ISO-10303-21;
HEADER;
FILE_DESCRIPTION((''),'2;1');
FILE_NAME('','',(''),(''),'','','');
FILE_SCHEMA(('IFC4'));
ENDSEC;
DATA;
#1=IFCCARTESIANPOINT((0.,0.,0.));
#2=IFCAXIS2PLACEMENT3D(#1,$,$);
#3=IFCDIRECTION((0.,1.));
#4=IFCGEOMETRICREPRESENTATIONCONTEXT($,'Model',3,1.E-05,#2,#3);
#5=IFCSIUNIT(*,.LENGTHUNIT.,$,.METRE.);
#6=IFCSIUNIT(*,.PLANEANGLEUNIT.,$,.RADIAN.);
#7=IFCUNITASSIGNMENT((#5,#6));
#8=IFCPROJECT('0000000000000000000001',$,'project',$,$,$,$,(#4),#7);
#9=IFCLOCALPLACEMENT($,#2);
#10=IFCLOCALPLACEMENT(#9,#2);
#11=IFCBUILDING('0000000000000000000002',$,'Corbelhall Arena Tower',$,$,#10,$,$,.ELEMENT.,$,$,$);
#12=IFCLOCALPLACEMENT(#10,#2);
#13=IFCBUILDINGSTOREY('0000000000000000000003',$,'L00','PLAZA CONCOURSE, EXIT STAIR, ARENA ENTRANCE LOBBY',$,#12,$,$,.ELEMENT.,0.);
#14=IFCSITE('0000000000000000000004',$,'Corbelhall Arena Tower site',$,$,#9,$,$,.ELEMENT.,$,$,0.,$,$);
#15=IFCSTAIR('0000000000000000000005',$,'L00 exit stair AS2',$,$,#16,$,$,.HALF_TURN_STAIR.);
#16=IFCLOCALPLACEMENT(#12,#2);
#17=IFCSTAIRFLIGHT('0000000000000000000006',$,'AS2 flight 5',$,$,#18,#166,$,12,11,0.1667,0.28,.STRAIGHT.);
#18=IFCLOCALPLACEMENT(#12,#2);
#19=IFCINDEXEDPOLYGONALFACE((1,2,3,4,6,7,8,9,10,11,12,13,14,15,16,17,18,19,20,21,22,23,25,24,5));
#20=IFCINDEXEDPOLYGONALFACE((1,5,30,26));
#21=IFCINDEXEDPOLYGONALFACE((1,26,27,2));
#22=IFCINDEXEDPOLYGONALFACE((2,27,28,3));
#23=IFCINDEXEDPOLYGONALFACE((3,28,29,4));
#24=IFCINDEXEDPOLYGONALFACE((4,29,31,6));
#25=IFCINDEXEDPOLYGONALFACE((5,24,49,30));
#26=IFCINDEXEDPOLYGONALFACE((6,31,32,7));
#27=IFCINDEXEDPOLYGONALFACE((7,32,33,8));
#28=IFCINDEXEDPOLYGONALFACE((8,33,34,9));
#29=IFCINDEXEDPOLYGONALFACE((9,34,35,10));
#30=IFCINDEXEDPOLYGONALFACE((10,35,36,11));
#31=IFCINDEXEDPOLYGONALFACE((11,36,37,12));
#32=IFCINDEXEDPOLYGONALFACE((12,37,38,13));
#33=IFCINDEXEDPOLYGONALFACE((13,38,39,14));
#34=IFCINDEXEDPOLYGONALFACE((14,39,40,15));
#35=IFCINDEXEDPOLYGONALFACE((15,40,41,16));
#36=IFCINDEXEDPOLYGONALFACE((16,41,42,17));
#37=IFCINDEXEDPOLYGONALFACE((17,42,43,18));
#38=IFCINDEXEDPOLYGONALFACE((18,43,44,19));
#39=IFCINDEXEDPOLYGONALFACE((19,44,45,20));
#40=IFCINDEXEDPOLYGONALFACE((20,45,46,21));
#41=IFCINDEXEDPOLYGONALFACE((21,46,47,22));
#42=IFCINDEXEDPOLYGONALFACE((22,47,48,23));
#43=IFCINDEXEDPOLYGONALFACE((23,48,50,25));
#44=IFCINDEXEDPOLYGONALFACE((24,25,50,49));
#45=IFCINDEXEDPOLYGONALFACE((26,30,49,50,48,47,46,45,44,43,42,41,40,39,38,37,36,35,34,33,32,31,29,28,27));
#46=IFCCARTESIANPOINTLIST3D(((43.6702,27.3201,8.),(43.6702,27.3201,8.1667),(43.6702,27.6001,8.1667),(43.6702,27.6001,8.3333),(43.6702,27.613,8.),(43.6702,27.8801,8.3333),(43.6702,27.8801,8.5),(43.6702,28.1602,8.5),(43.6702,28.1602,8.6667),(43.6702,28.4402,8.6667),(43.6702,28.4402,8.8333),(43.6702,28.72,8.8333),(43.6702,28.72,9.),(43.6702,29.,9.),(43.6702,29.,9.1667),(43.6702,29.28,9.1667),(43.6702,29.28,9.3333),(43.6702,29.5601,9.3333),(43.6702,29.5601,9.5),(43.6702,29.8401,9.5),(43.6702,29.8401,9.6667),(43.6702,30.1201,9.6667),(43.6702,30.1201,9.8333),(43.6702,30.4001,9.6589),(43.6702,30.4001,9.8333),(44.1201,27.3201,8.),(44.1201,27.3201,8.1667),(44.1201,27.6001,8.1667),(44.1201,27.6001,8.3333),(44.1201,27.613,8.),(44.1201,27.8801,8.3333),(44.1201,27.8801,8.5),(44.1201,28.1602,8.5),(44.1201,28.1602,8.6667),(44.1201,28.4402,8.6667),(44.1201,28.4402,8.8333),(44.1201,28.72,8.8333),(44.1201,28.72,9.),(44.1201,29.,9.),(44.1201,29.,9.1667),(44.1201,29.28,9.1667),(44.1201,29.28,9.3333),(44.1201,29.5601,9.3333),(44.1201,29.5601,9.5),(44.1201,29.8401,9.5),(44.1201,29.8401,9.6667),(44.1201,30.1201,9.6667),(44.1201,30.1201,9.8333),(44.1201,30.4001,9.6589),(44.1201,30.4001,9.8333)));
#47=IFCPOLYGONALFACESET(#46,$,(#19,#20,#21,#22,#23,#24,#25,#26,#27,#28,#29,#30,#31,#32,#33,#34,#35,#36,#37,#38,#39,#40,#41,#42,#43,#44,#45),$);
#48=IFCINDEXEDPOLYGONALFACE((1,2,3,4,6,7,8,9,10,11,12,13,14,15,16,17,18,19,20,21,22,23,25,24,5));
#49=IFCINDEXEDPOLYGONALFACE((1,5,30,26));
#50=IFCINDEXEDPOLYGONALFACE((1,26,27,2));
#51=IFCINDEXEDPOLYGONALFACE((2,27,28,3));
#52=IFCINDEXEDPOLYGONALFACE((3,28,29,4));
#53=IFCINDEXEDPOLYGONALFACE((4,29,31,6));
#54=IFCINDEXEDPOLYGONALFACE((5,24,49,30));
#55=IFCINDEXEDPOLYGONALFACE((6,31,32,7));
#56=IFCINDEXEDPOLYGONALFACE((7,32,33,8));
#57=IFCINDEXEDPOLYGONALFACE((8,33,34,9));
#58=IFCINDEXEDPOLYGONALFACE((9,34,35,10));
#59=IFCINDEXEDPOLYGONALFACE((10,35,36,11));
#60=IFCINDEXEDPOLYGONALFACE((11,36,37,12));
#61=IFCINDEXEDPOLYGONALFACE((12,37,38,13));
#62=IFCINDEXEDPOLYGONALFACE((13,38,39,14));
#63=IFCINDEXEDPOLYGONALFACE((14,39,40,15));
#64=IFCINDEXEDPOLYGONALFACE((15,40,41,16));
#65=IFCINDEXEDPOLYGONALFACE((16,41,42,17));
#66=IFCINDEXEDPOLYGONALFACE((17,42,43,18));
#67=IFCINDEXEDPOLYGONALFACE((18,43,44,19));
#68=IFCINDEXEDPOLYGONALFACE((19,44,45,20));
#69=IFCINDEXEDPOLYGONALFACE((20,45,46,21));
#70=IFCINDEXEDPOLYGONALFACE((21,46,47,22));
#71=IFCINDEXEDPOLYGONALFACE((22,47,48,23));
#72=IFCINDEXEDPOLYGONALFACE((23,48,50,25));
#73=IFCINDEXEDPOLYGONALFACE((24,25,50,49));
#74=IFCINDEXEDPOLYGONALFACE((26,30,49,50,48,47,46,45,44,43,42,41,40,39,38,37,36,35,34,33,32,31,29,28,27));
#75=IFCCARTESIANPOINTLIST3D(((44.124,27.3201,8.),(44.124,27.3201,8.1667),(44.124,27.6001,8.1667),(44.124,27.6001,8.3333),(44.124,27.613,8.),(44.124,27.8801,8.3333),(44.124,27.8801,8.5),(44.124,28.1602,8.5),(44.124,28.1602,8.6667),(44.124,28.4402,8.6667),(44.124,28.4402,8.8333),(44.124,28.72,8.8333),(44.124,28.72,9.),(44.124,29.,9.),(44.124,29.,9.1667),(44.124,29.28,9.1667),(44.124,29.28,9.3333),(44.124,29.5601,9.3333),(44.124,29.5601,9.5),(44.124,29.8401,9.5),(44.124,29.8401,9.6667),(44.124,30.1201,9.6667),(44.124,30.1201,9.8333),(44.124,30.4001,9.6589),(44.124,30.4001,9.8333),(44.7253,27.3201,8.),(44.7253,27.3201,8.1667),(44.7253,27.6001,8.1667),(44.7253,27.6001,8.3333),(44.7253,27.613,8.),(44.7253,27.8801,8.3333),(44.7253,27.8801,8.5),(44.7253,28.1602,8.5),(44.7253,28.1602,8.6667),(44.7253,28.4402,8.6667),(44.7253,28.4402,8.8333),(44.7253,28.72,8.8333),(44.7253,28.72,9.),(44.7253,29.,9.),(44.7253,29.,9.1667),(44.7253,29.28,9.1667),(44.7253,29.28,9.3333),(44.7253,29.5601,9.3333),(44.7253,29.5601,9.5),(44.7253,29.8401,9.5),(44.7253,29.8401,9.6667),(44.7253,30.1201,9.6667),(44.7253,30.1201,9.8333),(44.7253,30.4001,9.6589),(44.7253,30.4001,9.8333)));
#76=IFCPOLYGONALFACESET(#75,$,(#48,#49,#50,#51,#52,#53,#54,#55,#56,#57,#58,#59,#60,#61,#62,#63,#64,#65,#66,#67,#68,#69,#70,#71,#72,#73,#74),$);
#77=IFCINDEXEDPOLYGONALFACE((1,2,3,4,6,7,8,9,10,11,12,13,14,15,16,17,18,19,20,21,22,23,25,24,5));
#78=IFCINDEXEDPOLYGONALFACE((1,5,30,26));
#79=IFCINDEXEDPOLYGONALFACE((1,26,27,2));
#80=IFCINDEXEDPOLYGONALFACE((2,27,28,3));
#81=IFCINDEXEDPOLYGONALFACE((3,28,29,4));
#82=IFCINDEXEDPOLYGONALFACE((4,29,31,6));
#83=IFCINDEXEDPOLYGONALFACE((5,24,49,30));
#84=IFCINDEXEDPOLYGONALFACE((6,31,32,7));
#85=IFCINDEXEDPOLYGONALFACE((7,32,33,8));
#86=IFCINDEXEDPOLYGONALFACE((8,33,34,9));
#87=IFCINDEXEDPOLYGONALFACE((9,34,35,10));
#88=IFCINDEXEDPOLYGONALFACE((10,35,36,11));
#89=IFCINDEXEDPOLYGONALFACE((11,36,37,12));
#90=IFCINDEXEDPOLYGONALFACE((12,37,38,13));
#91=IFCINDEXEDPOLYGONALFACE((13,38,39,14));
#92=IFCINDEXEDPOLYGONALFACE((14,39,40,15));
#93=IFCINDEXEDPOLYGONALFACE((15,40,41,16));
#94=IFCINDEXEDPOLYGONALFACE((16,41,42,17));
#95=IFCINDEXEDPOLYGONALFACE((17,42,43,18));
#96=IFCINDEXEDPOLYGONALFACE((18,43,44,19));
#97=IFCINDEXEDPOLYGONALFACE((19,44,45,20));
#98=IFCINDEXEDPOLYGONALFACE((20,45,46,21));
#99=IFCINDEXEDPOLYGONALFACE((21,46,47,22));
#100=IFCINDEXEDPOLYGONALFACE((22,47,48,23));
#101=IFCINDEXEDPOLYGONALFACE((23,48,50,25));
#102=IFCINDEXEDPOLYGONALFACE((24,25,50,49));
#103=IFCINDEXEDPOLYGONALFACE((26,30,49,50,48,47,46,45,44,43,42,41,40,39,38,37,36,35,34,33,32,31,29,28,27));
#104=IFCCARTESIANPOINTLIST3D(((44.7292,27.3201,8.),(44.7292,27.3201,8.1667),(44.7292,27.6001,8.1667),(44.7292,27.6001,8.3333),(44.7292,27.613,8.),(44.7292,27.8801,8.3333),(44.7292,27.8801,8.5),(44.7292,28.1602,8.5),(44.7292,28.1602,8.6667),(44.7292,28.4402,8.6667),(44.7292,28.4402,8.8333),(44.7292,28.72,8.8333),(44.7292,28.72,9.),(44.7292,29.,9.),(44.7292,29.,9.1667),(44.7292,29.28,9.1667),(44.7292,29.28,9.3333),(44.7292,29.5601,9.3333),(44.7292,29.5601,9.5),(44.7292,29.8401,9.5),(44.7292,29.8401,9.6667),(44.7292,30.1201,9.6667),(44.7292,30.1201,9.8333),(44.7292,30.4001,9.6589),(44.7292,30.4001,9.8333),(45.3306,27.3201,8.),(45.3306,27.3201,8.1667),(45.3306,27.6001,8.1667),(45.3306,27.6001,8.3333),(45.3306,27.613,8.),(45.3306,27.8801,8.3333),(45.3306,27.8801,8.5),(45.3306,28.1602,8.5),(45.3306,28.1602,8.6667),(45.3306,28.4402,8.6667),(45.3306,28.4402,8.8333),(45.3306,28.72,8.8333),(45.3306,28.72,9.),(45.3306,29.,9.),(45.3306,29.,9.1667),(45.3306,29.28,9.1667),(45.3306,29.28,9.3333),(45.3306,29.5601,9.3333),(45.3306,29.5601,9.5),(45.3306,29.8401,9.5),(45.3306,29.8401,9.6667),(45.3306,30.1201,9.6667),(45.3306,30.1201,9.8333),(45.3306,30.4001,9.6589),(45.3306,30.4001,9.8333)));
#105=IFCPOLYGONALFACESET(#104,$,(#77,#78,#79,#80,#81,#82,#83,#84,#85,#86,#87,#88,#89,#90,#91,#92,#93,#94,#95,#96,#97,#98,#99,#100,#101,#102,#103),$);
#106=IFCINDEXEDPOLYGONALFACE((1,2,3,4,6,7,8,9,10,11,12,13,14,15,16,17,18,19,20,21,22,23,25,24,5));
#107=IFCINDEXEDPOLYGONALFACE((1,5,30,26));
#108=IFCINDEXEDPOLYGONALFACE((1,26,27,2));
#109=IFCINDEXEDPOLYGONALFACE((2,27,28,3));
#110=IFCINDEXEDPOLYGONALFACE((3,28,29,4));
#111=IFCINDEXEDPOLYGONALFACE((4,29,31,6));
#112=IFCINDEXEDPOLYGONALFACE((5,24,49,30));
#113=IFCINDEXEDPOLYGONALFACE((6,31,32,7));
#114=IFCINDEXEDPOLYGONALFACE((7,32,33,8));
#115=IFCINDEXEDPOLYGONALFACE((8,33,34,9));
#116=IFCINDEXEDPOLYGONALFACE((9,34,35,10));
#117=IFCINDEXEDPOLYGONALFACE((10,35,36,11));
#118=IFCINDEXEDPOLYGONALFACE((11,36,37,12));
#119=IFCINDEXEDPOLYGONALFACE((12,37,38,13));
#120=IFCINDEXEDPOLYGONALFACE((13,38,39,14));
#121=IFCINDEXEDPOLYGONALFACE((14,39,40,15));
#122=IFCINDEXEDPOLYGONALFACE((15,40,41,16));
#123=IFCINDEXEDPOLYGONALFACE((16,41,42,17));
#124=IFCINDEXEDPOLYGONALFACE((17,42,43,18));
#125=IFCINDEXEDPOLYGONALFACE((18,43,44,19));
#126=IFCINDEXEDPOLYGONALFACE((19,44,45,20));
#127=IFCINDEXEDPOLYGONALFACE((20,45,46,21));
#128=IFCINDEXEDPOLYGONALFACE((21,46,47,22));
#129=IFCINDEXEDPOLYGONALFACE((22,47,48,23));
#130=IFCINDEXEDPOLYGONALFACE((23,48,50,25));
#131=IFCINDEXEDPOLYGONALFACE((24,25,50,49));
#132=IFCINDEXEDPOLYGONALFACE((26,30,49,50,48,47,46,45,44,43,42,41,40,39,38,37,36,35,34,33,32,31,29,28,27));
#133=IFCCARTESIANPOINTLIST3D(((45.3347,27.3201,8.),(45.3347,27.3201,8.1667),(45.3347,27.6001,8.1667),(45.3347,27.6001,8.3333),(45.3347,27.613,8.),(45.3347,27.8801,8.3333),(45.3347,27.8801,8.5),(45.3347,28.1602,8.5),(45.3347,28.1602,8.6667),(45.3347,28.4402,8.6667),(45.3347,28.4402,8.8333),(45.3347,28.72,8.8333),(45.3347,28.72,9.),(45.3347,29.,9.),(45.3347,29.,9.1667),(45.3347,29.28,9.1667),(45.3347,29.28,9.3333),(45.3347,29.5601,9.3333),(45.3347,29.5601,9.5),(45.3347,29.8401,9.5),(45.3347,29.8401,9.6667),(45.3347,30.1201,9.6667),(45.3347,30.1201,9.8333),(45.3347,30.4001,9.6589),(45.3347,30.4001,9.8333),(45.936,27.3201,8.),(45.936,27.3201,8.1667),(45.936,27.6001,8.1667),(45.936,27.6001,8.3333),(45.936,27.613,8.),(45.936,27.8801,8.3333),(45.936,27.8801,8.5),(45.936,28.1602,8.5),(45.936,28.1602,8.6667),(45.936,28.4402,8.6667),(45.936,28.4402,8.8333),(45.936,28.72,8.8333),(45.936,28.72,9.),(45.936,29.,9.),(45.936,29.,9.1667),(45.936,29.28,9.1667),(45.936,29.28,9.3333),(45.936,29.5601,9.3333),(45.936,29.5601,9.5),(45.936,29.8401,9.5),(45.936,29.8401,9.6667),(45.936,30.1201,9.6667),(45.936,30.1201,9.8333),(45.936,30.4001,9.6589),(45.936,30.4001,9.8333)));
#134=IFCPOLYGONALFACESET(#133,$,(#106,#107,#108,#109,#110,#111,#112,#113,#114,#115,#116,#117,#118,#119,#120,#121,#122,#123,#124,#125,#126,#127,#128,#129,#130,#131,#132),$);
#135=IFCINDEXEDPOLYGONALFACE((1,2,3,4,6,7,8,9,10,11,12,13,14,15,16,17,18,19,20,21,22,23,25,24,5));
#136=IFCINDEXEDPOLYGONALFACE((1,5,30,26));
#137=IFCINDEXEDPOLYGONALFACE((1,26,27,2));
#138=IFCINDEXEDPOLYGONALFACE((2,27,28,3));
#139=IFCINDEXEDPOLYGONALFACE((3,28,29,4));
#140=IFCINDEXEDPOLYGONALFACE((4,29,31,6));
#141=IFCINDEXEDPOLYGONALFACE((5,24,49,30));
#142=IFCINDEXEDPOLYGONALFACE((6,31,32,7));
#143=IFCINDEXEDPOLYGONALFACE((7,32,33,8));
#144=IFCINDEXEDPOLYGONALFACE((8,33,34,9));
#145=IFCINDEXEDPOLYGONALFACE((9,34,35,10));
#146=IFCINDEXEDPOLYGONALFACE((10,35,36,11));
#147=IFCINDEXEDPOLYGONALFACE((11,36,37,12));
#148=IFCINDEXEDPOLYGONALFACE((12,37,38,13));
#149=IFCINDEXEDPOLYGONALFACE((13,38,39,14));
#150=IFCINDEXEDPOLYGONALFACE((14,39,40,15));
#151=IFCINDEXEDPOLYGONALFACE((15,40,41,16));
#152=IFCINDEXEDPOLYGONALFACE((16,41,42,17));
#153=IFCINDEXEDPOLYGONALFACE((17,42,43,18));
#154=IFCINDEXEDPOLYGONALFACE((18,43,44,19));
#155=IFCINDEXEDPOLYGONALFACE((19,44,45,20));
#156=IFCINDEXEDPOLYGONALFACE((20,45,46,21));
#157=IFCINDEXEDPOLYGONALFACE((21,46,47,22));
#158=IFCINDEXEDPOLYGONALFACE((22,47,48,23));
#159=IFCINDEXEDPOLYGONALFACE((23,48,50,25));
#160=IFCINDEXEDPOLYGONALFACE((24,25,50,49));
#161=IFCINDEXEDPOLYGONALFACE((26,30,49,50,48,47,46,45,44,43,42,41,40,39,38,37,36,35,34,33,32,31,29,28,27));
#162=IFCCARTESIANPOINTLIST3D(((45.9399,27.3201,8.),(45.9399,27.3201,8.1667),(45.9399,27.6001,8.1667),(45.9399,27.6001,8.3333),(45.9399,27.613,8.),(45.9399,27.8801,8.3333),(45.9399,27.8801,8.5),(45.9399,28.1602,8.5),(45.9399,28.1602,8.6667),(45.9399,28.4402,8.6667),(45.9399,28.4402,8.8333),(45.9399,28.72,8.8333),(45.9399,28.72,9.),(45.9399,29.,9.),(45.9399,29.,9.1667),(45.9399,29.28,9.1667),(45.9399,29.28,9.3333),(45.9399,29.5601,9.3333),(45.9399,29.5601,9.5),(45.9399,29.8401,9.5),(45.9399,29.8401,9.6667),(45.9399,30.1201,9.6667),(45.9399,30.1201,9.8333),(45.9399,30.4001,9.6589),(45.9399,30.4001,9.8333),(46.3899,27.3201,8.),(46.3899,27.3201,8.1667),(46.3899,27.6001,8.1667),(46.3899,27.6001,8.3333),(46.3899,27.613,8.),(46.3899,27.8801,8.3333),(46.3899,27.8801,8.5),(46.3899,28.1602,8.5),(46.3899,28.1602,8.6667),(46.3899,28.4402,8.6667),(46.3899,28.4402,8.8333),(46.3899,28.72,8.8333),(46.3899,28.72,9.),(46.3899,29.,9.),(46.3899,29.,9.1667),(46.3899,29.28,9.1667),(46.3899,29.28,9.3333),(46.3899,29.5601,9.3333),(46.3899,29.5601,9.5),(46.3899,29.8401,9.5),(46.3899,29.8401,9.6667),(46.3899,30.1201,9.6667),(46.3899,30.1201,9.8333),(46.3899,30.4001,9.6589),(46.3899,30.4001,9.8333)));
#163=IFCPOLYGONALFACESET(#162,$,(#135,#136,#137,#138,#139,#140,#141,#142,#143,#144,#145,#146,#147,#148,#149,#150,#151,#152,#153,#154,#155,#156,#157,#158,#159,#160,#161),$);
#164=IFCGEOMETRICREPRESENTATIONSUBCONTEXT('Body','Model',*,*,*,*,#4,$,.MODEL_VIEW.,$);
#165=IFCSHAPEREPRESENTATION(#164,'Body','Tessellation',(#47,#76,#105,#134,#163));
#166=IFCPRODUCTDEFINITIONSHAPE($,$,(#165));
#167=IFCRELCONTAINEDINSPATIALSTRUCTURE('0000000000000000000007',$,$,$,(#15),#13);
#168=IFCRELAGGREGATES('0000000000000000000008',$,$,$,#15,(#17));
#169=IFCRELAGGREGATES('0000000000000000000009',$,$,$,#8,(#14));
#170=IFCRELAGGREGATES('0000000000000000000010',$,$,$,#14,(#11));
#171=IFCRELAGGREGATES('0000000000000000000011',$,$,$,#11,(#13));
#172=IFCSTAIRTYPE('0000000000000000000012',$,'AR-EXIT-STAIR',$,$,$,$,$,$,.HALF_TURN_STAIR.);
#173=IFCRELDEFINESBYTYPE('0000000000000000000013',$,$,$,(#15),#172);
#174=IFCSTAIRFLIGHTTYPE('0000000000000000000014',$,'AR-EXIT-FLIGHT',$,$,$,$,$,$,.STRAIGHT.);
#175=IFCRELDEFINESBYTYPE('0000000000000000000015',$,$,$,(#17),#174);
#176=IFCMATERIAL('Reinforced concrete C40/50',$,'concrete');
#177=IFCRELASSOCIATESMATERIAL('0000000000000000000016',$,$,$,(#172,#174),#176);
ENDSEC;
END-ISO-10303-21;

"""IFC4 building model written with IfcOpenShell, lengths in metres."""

from ifc_helpers import new_model, si_unit, direction, frame, origin, place, context, subcontext, project, spatial, polyline, outline, extrude, material, type_object, element, aggregate, save


model = new_model("IFC4")

# Units and contexts
model_context = context("Model", 3, precision=1e-05, world=origin(), true_north=direction((0.0, 1.0)))
body_context = subcontext(model_context, "Body", "Model", "MODEL_VIEW")
ifc_project = project(units=[si_unit("LENGTHUNIT", "METRE"), si_unit("PLANEANGLEUNIT", "RADIAN")], contexts=[model_context])

# Site, building, storey
site_placement = place(None, origin())
site = spatial("IfcSite", under=ifc_project, at=site_placement, Name="Corbelhall Arena Tower site", CompositionType="ELEMENT", RefElevation=0.0)
building_placement = place(site_placement, origin())
building = spatial("IfcBuilding", under=site, at=building_placement, Name="Corbelhall Arena Tower", CompositionType="ELEMENT")
storey_placement = place(building_placement, origin())
storey = spatial("IfcBuildingStorey", under=building, at=storey_placement, Name="L00", Description="PLAZA CONCOURSE, EXIT STAIR, ARENA ENTRANCE LOBBY", CompositionType="ELEMENT", Elevation=0.0)

# Shared definitions
ifc_material_1 = material(Name="Reinforced concrete C40/50", Category="concrete")

# Stair, stair flight
stair_type = type_object("IfcStairType", Name="AR-EXIT-STAIR", PredefinedType="HALF_TURN_STAIR", material=ifc_material_1)
stair_flight_type = type_object("IfcStairFlightType", Name="AR-EXIT-FLIGHT", PredefinedType="STRAIGHT", material=ifc_material_1)
stair_1_placement = place(storey_placement, origin())
stair_1 = element("IfcStair", 1, at=stair_1_placement, inside=storey, type_object=stair_type, Name="L00 exit stair AS2", PredefinedType="HALF_TURN_STAIR")
stair_flight_1_placement = place(storey_placement, frame((45.03, 27.3201, 8.0), z_axis=(0.0, 0.0, 1.0), x_axis=(0.0, 1.0, 0.0)))
stair_flight_1 = element("IfcStairFlight", 2, at=stair_flight_1_placement, type_object=stair_flight_type, Name="AS2 flight 5", NumberOfRisers=12, NumberOfTreads=11, PredefinedType="STRAIGHT", RiserHeight=0.1667, TreadLength=0.28, context=body_context, shape_type="SweptSolid", body=[
    extrude(outline(polyline([(0.0, 0.0), (0.0, 0.1667), (0.28, 0.1667), (0.28, 0.3333), (0.5601, 0.3333), (0.5601, 0.5), (0.8401, 0.5), (0.8401, 0.6667), (1.1201, 0.6667), (1.1201, 0.8333), (1.3999, 0.8333), (1.3999, 1.0), (1.6799, 1.0), (1.6799, 1.1667), (1.96, 1.1667), (1.96, 1.3333), (2.24, 1.3333), (2.24, 1.5), (2.52, 1.5), (2.52, 1.6667), (2.8, 1.6667), (2.8, 1.8333), (3.0801, 1.8333), (3.0801, 2.0), (3.0801, 1.6589), (0.293, 0.0), (0.0, 0.0)])), frame((0.0, 1.3599, 0.0), z_axis=(0.0, -1.0, 0.0), x_axis=(1.0, 0.0, 0.0)), (0.0, 0.0, 1.0), 0.45),
    extrude(outline(polyline([(0.0, 0.0), (0.0, 0.1667), (0.28, 0.1667), (0.28, 0.3333), (0.5601, 0.3333), (0.5601, 0.5), (0.8401, 0.5), (0.8401, 0.6667), (1.1201, 0.6667), (1.1201, 0.8333), (1.3999, 0.8333), (1.3999, 1.0), (1.6799, 1.0), (1.6799, 1.1667), (1.96, 1.1667), (1.96, 1.3333), (2.24, 1.3333), (2.24, 1.5), (2.52, 1.5), (2.52, 1.6667), (2.8, 1.6667), (2.8, 1.8333), (3.0801, 1.8333), (3.0801, 2.0), (3.0801, 1.6589), (0.293, 0.0), (0.0, 0.0)])), frame((0.0, 0.906, 0.0), z_axis=(0.0, -1.0, 0.0), x_axis=(1.0, 0.0, 0.0)), (0.0, 0.0, 1.0), 0.6013),
    extrude(outline(polyline([(0.0, 0.0), (0.0, 0.1667), (0.28, 0.1667), (0.28, 0.3333), (0.5601, 0.3333), (0.5601, 0.5), (0.8401, 0.5), (0.8401, 0.6667), (1.1201, 0.6667), (1.1201, 0.8333), (1.3999, 0.8333), (1.3999, 1.0), (1.6799, 1.0), (1.6799, 1.1667), (1.96, 1.1667), (1.96, 1.3333), (2.24, 1.3333), (2.24, 1.5), (2.52, 1.5), (2.52, 1.6667), (2.8, 1.6667), (2.8, 1.8333), (3.0801, 1.8333), (3.0801, 2.0), (3.0801, 1.6589), (0.293, 0.0), (0.0, 0.0)])), frame((0.0, 0.3008, 0.0), z_axis=(0.0, -1.0, 0.0), x_axis=(1.0, 0.0, 0.0)), (0.0, 0.0, 1.0), 0.6013),
    extrude(outline(polyline([(0.0, 0.0), (0.0, 0.1667), (0.28, 0.1667), (0.28, 0.3333), (0.5601, 0.3333), (0.5601, 0.5), (0.8401, 0.5), (0.8401, 0.6667), (1.1201, 0.6667), (1.1201, 0.8333), (1.3999, 0.8333), (1.3999, 1.0), (1.6799, 1.0), (1.6799, 1.1667), (1.96, 1.1667), (1.96, 1.3333), (2.24, 1.3333), (2.24, 1.5), (2.52, 1.5), (2.52, 1.6667), (2.8, 1.6667), (2.8, 1.8333), (3.0801, 1.8333), (3.0801, 2.0), (3.0801, 1.6589), (0.293, 0.0), (0.0, 0.0)])), frame((0.0, -0.3047, 0.0), z_axis=(0.0, -1.0, 0.0), x_axis=(1.0, 0.0, 0.0)), (0.0, 0.0, 1.0), 0.6013),
    extrude(outline(polyline([(0.0, 0.0), (0.0, 0.1667), (0.28, 0.1667), (0.28, 0.3333), (0.5601, 0.3333), (0.5601, 0.5), (0.8401, 0.5), (0.8401, 0.6667), (1.1201, 0.6667), (1.1201, 0.8333), (1.3999, 0.8333), (1.3999, 1.0), (1.6799, 1.0), (1.6799, 1.1667), (1.96, 1.1667), (1.96, 1.3333), (2.24, 1.3333), (2.24, 1.5), (2.52, 1.5), (2.52, 1.6667), (2.8, 1.6667), (2.8, 1.8333), (3.0801, 1.8333), (3.0801, 2.0), (3.0801, 1.6589), (0.293, 0.0), (0.0, 0.0)])), frame((0.0, -0.9099, 0.0), z_axis=(0.0, -1.0, 0.0), x_axis=(1.0, 0.0, 0.0)), (0.0, 0.0, 1.0), 0.45),
])
aggregate(stair_1, [stair_flight_1])

save(model, "model.ifc")
